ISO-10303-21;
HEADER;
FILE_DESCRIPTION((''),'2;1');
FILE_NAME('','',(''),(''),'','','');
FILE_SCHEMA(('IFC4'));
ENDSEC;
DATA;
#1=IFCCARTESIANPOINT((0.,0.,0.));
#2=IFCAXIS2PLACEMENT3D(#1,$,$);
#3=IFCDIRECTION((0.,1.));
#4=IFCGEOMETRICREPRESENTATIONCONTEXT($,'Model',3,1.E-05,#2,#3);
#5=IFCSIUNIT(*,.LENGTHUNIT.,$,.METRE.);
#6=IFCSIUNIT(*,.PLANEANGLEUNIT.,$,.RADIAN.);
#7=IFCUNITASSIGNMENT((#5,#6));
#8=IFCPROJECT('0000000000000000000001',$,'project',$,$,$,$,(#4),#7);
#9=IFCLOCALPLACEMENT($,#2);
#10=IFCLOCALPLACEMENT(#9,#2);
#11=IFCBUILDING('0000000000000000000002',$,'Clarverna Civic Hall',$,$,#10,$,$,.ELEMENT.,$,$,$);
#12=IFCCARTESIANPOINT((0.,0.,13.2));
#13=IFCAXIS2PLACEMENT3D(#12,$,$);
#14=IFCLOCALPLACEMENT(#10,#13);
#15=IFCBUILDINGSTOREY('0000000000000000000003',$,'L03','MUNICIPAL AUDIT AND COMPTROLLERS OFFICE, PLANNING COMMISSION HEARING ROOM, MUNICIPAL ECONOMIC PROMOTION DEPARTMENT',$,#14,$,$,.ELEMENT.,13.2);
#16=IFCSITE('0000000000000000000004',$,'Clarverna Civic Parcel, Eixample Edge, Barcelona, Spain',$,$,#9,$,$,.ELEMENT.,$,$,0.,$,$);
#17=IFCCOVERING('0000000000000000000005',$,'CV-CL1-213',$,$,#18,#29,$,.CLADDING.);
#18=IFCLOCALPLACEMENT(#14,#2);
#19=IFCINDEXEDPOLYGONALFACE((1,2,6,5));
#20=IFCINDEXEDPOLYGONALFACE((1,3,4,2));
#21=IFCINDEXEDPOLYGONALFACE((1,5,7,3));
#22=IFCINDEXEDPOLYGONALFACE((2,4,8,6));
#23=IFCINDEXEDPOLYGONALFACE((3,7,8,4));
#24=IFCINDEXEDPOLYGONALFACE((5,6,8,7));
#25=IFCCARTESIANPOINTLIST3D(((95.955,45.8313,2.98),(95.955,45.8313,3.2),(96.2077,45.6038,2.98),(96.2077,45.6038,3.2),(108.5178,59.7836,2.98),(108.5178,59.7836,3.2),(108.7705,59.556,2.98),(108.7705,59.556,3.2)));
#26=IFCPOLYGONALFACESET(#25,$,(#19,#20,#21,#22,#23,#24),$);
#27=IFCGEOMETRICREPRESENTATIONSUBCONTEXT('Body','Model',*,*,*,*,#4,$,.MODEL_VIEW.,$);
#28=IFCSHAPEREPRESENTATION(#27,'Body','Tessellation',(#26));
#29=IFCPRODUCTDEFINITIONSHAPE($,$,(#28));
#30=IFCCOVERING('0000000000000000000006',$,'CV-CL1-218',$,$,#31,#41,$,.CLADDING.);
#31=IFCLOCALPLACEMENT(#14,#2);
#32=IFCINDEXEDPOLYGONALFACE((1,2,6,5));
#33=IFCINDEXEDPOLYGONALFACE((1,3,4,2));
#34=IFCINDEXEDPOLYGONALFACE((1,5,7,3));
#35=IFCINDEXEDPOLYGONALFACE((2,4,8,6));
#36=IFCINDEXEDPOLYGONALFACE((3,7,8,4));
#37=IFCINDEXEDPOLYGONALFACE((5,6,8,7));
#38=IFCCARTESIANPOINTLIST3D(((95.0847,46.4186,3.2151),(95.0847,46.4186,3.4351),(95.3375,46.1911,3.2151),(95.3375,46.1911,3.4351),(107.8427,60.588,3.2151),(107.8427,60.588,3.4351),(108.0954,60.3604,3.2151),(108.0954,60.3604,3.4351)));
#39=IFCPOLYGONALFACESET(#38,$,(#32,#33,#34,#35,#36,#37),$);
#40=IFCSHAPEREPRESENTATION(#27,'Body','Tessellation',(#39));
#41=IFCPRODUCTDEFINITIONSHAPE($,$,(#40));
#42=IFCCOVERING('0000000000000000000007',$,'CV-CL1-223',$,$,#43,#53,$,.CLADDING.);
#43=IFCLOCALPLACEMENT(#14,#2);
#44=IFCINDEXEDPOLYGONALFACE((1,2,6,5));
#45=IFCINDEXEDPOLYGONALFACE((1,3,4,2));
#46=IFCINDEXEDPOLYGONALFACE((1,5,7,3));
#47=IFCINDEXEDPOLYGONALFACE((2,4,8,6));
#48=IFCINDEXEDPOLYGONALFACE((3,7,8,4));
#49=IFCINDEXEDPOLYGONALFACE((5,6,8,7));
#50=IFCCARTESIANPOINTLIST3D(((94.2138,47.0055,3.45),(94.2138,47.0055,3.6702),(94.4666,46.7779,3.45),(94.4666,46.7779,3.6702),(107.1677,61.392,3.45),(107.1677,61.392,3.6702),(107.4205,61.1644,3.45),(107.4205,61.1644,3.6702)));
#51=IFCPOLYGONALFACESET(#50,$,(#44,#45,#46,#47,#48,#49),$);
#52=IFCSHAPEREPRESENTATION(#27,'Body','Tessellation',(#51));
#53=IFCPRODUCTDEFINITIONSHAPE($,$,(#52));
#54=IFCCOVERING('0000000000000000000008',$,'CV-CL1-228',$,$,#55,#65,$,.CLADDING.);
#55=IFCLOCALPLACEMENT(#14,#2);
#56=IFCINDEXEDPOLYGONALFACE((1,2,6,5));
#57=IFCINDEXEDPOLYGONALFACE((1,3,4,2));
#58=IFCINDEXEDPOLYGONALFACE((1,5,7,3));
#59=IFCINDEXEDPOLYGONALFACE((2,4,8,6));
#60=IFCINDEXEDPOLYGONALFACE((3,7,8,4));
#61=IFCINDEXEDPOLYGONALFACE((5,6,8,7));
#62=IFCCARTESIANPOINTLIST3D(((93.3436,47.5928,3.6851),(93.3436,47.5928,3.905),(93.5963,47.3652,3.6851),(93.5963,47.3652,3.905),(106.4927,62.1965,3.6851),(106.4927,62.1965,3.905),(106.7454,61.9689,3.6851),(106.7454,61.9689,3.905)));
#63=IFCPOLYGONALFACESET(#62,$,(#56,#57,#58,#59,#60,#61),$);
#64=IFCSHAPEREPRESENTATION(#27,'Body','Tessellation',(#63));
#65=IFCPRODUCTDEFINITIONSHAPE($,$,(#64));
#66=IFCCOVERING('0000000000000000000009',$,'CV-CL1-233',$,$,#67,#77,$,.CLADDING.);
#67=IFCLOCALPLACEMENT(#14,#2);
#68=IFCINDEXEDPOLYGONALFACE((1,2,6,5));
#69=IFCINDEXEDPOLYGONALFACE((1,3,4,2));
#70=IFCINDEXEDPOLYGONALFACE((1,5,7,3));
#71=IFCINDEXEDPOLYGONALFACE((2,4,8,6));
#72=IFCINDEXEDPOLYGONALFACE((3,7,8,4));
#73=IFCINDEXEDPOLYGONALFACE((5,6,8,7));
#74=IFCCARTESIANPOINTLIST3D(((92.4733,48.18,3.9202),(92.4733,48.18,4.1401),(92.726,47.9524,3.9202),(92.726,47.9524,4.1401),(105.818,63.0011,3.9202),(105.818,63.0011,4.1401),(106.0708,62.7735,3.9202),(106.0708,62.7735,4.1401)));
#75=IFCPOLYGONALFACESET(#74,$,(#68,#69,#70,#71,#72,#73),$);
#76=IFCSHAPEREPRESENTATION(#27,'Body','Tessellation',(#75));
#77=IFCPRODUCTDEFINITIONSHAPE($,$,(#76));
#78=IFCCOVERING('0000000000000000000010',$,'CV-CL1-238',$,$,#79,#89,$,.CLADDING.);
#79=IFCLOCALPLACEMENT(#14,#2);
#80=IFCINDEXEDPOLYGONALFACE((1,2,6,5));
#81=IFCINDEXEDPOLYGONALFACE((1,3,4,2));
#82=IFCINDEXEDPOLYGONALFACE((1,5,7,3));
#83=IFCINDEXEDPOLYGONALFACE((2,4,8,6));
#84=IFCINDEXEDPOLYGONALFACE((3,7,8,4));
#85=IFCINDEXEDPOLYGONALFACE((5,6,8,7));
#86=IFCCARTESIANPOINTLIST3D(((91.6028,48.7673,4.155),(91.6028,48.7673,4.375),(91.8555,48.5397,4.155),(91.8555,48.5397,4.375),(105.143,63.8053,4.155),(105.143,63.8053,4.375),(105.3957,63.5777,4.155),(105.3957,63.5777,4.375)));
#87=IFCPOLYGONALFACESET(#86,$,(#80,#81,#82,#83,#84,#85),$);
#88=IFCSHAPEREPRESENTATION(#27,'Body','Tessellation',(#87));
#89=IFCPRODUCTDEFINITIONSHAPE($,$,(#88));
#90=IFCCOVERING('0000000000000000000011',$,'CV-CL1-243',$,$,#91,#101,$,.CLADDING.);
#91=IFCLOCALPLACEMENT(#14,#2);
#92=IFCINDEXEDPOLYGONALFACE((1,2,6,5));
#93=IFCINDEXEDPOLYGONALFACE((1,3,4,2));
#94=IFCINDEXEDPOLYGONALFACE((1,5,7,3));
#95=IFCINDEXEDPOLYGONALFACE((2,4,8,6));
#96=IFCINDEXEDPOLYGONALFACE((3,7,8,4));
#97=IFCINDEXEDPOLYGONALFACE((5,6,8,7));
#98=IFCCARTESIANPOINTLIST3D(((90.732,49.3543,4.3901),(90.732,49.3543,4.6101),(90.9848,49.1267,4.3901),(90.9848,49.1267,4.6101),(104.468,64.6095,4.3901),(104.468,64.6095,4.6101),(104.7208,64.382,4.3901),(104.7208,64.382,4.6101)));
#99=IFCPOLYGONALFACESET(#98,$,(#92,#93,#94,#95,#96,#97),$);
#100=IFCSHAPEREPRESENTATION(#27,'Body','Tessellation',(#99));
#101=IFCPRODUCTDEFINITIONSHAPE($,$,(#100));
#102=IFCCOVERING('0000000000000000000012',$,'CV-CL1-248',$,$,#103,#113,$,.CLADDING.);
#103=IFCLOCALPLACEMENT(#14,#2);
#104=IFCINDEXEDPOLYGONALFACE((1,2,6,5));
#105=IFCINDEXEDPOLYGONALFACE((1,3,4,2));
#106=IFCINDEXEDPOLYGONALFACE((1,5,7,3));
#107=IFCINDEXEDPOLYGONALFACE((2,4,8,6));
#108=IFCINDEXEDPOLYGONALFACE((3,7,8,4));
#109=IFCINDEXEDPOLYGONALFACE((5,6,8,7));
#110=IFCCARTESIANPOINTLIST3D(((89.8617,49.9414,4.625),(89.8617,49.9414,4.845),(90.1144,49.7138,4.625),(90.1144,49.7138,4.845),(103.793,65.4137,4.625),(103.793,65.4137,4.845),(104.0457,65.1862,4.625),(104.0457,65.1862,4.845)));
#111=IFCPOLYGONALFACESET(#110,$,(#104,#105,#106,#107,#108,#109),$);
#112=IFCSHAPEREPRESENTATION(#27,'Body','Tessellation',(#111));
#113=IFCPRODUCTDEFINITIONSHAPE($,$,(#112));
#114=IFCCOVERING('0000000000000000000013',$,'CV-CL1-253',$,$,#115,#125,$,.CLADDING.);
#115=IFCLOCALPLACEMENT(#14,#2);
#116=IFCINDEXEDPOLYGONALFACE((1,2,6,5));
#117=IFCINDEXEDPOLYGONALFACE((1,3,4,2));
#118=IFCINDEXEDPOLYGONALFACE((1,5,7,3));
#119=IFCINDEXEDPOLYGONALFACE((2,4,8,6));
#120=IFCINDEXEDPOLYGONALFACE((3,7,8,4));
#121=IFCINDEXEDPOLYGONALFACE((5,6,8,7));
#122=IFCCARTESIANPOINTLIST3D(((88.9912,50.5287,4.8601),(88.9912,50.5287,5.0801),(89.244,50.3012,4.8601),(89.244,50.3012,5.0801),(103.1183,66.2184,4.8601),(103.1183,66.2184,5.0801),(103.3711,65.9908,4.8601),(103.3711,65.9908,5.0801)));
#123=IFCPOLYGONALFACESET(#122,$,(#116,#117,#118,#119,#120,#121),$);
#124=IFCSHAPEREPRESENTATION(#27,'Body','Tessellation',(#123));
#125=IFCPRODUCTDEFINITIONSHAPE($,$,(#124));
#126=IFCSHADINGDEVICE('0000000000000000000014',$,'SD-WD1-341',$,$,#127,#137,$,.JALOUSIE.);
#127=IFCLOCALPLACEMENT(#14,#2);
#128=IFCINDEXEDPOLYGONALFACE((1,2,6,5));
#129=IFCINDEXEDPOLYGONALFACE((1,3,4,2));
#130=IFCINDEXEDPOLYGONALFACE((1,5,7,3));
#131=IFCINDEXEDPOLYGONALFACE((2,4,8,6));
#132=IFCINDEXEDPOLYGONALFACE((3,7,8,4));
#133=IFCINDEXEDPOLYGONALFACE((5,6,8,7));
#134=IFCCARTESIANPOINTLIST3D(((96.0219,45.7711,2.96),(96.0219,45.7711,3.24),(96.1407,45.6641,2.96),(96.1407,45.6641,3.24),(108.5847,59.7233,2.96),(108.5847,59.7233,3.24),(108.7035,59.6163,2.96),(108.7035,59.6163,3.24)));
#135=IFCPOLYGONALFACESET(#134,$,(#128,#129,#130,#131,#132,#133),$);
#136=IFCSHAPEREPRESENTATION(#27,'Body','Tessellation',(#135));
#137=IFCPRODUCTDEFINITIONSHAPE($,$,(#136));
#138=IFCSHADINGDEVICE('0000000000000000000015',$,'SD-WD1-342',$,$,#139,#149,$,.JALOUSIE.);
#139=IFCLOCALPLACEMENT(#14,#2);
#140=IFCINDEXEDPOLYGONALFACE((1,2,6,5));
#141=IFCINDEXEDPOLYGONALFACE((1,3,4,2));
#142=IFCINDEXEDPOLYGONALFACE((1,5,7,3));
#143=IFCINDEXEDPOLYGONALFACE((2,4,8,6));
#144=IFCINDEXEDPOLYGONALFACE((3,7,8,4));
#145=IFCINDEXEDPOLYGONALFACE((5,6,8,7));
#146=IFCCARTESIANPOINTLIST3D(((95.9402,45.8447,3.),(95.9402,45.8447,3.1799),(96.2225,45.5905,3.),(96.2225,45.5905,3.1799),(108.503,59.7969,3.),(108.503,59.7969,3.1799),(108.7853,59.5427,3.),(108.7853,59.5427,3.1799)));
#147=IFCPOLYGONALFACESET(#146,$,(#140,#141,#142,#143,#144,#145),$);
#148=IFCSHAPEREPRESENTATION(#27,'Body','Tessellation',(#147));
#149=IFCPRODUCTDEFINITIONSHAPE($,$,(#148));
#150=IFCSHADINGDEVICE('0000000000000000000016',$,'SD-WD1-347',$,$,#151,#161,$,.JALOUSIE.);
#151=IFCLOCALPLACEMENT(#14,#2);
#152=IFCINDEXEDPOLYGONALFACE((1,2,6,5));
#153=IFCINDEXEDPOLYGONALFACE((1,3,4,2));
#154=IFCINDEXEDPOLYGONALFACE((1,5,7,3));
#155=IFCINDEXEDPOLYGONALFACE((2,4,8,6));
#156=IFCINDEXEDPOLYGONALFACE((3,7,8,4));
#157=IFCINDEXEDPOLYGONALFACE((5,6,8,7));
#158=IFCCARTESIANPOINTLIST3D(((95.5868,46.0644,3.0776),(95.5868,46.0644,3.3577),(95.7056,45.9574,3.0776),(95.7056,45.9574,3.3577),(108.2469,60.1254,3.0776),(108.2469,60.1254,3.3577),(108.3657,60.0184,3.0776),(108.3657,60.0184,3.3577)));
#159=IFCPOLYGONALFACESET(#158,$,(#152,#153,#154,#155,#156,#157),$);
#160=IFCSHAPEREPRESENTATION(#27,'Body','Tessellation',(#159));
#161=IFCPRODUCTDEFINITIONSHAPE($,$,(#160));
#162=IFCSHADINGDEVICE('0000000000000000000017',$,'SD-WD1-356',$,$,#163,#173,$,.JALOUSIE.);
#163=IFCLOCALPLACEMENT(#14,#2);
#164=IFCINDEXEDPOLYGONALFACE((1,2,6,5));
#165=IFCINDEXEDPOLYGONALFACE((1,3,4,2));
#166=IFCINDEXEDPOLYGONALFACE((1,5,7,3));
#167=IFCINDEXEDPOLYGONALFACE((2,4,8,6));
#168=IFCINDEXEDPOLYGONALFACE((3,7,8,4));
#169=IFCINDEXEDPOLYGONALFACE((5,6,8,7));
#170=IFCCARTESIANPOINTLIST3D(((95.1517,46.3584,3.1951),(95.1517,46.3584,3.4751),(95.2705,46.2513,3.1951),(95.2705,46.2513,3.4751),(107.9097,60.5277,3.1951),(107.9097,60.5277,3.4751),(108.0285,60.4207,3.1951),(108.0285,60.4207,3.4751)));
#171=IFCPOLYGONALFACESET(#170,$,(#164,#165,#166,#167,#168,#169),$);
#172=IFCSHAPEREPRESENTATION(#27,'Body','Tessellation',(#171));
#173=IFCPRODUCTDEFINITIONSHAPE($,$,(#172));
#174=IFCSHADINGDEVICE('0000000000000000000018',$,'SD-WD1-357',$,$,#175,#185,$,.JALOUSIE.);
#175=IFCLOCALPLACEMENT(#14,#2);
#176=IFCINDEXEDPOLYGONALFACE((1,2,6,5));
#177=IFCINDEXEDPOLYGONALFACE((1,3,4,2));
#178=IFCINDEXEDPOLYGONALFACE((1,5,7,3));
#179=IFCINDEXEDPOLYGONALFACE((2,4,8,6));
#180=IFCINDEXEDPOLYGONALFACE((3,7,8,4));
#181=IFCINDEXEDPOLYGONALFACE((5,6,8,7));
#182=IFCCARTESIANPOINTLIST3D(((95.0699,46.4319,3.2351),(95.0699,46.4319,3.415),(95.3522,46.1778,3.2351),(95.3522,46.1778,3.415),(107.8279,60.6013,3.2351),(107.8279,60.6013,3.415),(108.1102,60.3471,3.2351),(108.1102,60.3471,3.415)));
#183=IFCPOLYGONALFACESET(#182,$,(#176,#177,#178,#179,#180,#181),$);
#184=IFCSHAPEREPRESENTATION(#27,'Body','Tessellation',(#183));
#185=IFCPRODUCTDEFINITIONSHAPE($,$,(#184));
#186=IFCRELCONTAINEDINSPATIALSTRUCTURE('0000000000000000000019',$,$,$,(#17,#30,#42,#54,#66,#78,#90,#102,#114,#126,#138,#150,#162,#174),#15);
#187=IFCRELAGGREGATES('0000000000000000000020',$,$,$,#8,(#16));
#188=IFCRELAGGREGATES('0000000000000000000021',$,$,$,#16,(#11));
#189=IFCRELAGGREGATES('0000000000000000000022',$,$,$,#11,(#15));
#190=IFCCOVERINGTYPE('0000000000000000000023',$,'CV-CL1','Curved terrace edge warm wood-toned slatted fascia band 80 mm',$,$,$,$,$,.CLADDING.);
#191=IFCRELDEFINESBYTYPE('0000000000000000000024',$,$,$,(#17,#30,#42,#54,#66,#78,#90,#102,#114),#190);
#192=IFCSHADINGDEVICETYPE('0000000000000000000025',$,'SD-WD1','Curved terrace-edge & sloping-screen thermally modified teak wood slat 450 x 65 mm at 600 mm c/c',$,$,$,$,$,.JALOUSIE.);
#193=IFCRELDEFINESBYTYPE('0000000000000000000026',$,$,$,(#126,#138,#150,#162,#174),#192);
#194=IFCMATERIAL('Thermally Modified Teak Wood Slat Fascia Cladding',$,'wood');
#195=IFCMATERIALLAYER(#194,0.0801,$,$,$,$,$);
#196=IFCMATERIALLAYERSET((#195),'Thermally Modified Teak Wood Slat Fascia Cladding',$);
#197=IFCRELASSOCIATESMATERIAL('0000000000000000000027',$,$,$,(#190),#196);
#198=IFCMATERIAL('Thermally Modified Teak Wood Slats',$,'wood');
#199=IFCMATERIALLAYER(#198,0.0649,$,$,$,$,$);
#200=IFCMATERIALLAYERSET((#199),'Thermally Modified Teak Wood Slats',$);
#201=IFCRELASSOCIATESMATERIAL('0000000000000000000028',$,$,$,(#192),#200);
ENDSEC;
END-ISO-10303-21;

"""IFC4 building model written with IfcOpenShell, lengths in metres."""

from ifc_helpers import new_model, si_unit, direction, frame, frame_2d, origin, place, context, subcontext, project, spatial, rectangle, extrude, material, layer, layer_set, type_object, element, save


model = new_model("IFC4")

# Units and contexts
model_context = context("Model", 3, precision=1e-05, world=origin(), true_north=direction((0.0, 1.0)))
body_context = subcontext(model_context, "Body", "Model", "MODEL_VIEW")
ifc_project = project(units=[si_unit("LENGTHUNIT", "METRE"), si_unit("PLANEANGLEUNIT", "RADIAN")], contexts=[model_context])

# Site, building, storey
site_placement = place(None, origin())
site = spatial("IfcSite", under=ifc_project, at=site_placement, Name="Clarverna Civic Parcel, Eixample Edge, Barcelona, Spain", CompositionType="ELEMENT", RefElevation=0.0)
building_placement = place(site_placement, origin())
building = spatial("IfcBuilding", under=site, at=building_placement, Name="Clarverna Civic Hall", CompositionType="ELEMENT")
storey_placement = place(building_placement, frame((0.0, 0.0, 13.2)))
storey = spatial("IfcBuildingStorey", under=building, at=storey_placement, Name="L03", Description="MUNICIPAL AUDIT AND COMPTROLLERS OFFICE, PLANNING COMMISSION HEARING ROOM, MUNICIPAL ECONOMIC PROMOTION DEPARTMENT", CompositionType="ELEMENT", Elevation=13.2)

# Coverings
ifc_material_1 = material(Name="Thermally Modified Teak Wood Slat Fascia Cladding", Category="wood")
ifc_layer_1 = layer(ifc_material_1, 0.0801)
ifc_layer_set_1 = layer_set([ifc_layer_1], Name="Thermally Modified Teak Wood Slat Fascia Cladding")
covering_type = type_object("IfcCoveringType", Name="CV-CL1", Description="Curved terrace edge warm wood-toned slatted fascia band 80 mm", PredefinedType="CLADDING", material=ifc_layer_set_1)
covering_1_placement = place(storey_placement, frame((108.644, 59.6697, 2.98), z_axis=(0.0, 0.0, 1.0), x_axis=(-0.669136, -0.74314, 0.0)))
element("IfcCovering", 1, at=covering_1_placement, inside=storey, type_object=covering_type, Name="CV-CL1-213", PredefinedType="CLADDING", context=body_context, shape_type="SweptSolid", body=[
    extrude(rectangle(XDim=18.7747, YDim=0.3401, at=frame_2d((9.3872, 0.0))), origin(), (0.0, 0.0, 1.0), 0.22),
])
covering_2_placement = place(storey_placement, frame((107.969, 60.4741, 3.2151), z_axis=(0.0, 0.0, 1.0), x_axis=(-0.669126, -0.743149, 0.0)))
element("IfcCovering", 2, at=covering_2_placement, inside=storey, type_object=covering_type, Name="CV-CL1-218", PredefinedType="CLADDING", context=body_context, shape_type="SweptSolid", body=[
    extrude(rectangle(XDim=19.0667, YDim=0.3401, at=frame_2d((9.5332, 0.0))), origin(), (0.0, 0.0, 1.0), 0.22),
])
covering_3_placement = place(storey_placement, frame((107.2942, 61.2783, 3.45), z_axis=(0.0, 0.0, 1.0), x_axis=(-0.669137, -0.743139, 0.0)))
element("IfcCovering", 3, at=covering_3_placement, inside=storey, type_object=covering_type, Name="CV-CL1-223", PredefinedType="CLADDING", context=body_context, shape_type="SweptSolid", body=[
    extrude(rectangle(XDim=19.3591, YDim=0.3401, at=frame_2d((9.6797, 0.0))), origin(), (0.0, 0.0, 1.0), 0.2202),
])
covering_4_placement = place(storey_placement, frame((106.6191, 62.0828, 3.6851), z_axis=(0.0, 0.0, 1.0), x_axis=(-0.669127, -0.743148, 0.0)))
element("IfcCovering", 4, at=covering_4_placement, inside=storey, type_object=covering_type, Name="CV-CL1-228", PredefinedType="CLADDING", context=body_context, shape_type="SweptSolid", body=[
    extrude(rectangle(XDim=19.6511, YDim=0.3401, at=frame_2d((9.8257, 0.0))), origin(), (0.0, 0.0, 1.0), 0.22),
])
covering_5_placement = place(storey_placement, frame((105.9443, 62.8872, 3.9202), z_axis=(0.0, 0.0, 1.0), x_axis=(-0.669125, -0.74315, 0.0)))
element("IfcCovering", 5, at=covering_5_placement, inside=storey, type_object=covering_type, Name="CV-CL1-233", PredefinedType="CLADDING", context=body_context, shape_type="SweptSolid", body=[
    extrude(rectangle(XDim=19.9436, YDim=0.3401, at=frame_2d((9.9717, 0.0))), origin(), (0.0, 0.0, 1.0), 0.22),
])
covering_6_placement = place(storey_placement, frame((105.2693, 63.6914, 4.155), z_axis=(0.0, 0.0, 1.0), x_axis=(-0.669129, -0.743147, 0.0)))
element("IfcCovering", 6, at=covering_6_placement, inside=storey, type_object=covering_type, Name="CV-CL1-238", PredefinedType="CLADDING", context=body_context, shape_type="SweptSolid", body=[
    extrude(rectangle(XDim=20.2356, YDim=0.3401, at=frame_2d((10.1177, 0.0))), origin(), (0.0, 0.0, 1.0), 0.22),
])
covering_7_placement = place(storey_placement, frame((104.5945, 64.4958, 4.3901), z_axis=(0.0, 0.0, 1.0), x_axis=(-0.669133, -0.743143, 0.0)))
element("IfcCovering", 7, at=covering_7_placement, inside=storey, type_object=covering_type, Name="CV-CL1-243", PredefinedType="CLADDING", context=body_context, shape_type="SweptSolid", body=[
    extrude(rectangle(XDim=20.5281, YDim=0.3401, at=frame_2d((10.2642, 0.0))), origin(), (0.0, 0.0, 1.0), 0.22),
])
covering_8_placement = place(storey_placement, frame((103.9194, 65.3, 4.625), z_axis=(0.0, 0.0, 1.0), x_axis=(-0.66913, -0.743145, 0.0)))
element("IfcCovering", 8, at=covering_8_placement, inside=storey, type_object=covering_type, Name="CV-CL1-248", PredefinedType="CLADDING", context=body_context, shape_type="SweptSolid", body=[
    extrude(rectangle(XDim=20.8201, YDim=0.3401, at=frame_2d((10.4102, 0.0))), origin(), (0.0, 0.0, 1.0), 0.22),
])
covering_9_placement = place(storey_placement, frame((103.2446, 66.1045, 4.8601), z_axis=(0.0, 0.0, 1.0), x_axis=(-0.669134, -0.743142, 0.0)))
element("IfcCovering", 9, at=covering_9_placement, inside=storey, type_object=covering_type, Name="CV-CL1-253", PredefinedType="CLADDING", context=body_context, shape_type="SweptSolid", body=[
    extrude(rectangle(XDim=21.1125, YDim=0.3401, at=frame_2d((10.5562, 0.0))), origin(), (0.0, 0.0, 1.0), 0.22),
])

# Shading devices
ifc_material_2 = material(Name="Thermally Modified Teak Wood Slats", Category="wood")
ifc_layer_2 = layer(ifc_material_2, 0.0649)
ifc_layer_set_2 = layer_set([ifc_layer_2], Name="Thermally Modified Teak Wood Slats")
shading_device_type = type_object("IfcShadingDeviceType", Name="SD-WD1", Description="Curved terrace-edge & sloping-screen thermally modified teak wood slat 450 x 65 mm at 600 mm c/c", PredefinedType="JALOUSIE", material=ifc_layer_set_2)
shading_device_1_placement = place(storey_placement, frame((108.644, 59.6697, 2.96), z_axis=(0.0, 0.0, 1.0), x_axis=(-0.669136, -0.74314, 0.0)))
element("IfcShadingDevice", 10, at=shading_device_1_placement, inside=storey, type_object=shading_device_type, Name="SD-WD1-341", PredefinedType="JALOUSIE", context=body_context, shape_type="SweptSolid", body=[
    extrude(rectangle(XDim=18.7747, YDim=0.1599, at=frame_2d((9.3872, 0.0))), origin(), (0.0, 0.0, 1.0), 0.28),
])
shading_device_2_placement = place(storey_placement, frame((108.644, 59.6697, 3.0), z_axis=(0.0, 0.0, 1.0), x_axis=(-0.669136, -0.74314, 0.0)))
element("IfcShadingDevice", 11, at=shading_device_2_placement, inside=storey, type_object=shading_device_type, Name="SD-WD1-342", PredefinedType="JALOUSIE", context=body_context, shape_type="SweptSolid", body=[
    extrude(rectangle(XDim=18.7747, YDim=0.3799, at=frame_2d((9.3872, 0.0))), origin(), (0.0, 0.0, 1.0), 0.1799),
])
shading_device_3_placement = place(storey_placement, frame((108.3064, 60.072, 3.0776), z_axis=(0.0, 0.0, 1.0), x_axis=(-0.669117, -0.743157, 0.0)))
element("IfcShadingDevice", 12, at=shading_device_3_placement, inside=storey, type_object=shading_device_type, Name="SD-WD1-347", PredefinedType="JALOUSIE", context=body_context, shape_type="SweptSolid", body=[
    extrude(rectangle(XDim=18.9207, YDim=0.1599, at=frame_2d((9.4604, 0.0))), origin(), (0.0, 0.0, 1.0), 0.28),
])
shading_device_4_placement = place(storey_placement, frame((107.969, 60.4741, 3.1951), z_axis=(0.0, 0.0, 1.0), x_axis=(-0.669126, -0.743149, 0.0)))
element("IfcShadingDevice", 13, at=shading_device_4_placement, inside=storey, type_object=shading_device_type, Name="SD-WD1-356", PredefinedType="JALOUSIE", context=body_context, shape_type="SweptSolid", body=[
    extrude(rectangle(XDim=19.0667, YDim=0.1599, at=frame_2d((9.5332, 0.0))), origin(), (0.0, 0.0, 1.0), 0.28),
])
shading_device_5_placement = place(storey_placement, frame((107.969, 60.4741, 3.2351), z_axis=(0.0, 0.0, 1.0), x_axis=(-0.669126, -0.743149, 0.0)))
element("IfcShadingDevice", 14, at=shading_device_5_placement, inside=storey, type_object=shading_device_type, Name="SD-WD1-357", PredefinedType="JALOUSIE", context=body_context, shape_type="SweptSolid", body=[
    extrude(rectangle(XDim=19.0667, YDim=0.3799, at=frame_2d((9.5332, 0.0))), origin(), (0.0, 0.0, 1.0), 0.1799),
])

save(model, "model.ifc")
